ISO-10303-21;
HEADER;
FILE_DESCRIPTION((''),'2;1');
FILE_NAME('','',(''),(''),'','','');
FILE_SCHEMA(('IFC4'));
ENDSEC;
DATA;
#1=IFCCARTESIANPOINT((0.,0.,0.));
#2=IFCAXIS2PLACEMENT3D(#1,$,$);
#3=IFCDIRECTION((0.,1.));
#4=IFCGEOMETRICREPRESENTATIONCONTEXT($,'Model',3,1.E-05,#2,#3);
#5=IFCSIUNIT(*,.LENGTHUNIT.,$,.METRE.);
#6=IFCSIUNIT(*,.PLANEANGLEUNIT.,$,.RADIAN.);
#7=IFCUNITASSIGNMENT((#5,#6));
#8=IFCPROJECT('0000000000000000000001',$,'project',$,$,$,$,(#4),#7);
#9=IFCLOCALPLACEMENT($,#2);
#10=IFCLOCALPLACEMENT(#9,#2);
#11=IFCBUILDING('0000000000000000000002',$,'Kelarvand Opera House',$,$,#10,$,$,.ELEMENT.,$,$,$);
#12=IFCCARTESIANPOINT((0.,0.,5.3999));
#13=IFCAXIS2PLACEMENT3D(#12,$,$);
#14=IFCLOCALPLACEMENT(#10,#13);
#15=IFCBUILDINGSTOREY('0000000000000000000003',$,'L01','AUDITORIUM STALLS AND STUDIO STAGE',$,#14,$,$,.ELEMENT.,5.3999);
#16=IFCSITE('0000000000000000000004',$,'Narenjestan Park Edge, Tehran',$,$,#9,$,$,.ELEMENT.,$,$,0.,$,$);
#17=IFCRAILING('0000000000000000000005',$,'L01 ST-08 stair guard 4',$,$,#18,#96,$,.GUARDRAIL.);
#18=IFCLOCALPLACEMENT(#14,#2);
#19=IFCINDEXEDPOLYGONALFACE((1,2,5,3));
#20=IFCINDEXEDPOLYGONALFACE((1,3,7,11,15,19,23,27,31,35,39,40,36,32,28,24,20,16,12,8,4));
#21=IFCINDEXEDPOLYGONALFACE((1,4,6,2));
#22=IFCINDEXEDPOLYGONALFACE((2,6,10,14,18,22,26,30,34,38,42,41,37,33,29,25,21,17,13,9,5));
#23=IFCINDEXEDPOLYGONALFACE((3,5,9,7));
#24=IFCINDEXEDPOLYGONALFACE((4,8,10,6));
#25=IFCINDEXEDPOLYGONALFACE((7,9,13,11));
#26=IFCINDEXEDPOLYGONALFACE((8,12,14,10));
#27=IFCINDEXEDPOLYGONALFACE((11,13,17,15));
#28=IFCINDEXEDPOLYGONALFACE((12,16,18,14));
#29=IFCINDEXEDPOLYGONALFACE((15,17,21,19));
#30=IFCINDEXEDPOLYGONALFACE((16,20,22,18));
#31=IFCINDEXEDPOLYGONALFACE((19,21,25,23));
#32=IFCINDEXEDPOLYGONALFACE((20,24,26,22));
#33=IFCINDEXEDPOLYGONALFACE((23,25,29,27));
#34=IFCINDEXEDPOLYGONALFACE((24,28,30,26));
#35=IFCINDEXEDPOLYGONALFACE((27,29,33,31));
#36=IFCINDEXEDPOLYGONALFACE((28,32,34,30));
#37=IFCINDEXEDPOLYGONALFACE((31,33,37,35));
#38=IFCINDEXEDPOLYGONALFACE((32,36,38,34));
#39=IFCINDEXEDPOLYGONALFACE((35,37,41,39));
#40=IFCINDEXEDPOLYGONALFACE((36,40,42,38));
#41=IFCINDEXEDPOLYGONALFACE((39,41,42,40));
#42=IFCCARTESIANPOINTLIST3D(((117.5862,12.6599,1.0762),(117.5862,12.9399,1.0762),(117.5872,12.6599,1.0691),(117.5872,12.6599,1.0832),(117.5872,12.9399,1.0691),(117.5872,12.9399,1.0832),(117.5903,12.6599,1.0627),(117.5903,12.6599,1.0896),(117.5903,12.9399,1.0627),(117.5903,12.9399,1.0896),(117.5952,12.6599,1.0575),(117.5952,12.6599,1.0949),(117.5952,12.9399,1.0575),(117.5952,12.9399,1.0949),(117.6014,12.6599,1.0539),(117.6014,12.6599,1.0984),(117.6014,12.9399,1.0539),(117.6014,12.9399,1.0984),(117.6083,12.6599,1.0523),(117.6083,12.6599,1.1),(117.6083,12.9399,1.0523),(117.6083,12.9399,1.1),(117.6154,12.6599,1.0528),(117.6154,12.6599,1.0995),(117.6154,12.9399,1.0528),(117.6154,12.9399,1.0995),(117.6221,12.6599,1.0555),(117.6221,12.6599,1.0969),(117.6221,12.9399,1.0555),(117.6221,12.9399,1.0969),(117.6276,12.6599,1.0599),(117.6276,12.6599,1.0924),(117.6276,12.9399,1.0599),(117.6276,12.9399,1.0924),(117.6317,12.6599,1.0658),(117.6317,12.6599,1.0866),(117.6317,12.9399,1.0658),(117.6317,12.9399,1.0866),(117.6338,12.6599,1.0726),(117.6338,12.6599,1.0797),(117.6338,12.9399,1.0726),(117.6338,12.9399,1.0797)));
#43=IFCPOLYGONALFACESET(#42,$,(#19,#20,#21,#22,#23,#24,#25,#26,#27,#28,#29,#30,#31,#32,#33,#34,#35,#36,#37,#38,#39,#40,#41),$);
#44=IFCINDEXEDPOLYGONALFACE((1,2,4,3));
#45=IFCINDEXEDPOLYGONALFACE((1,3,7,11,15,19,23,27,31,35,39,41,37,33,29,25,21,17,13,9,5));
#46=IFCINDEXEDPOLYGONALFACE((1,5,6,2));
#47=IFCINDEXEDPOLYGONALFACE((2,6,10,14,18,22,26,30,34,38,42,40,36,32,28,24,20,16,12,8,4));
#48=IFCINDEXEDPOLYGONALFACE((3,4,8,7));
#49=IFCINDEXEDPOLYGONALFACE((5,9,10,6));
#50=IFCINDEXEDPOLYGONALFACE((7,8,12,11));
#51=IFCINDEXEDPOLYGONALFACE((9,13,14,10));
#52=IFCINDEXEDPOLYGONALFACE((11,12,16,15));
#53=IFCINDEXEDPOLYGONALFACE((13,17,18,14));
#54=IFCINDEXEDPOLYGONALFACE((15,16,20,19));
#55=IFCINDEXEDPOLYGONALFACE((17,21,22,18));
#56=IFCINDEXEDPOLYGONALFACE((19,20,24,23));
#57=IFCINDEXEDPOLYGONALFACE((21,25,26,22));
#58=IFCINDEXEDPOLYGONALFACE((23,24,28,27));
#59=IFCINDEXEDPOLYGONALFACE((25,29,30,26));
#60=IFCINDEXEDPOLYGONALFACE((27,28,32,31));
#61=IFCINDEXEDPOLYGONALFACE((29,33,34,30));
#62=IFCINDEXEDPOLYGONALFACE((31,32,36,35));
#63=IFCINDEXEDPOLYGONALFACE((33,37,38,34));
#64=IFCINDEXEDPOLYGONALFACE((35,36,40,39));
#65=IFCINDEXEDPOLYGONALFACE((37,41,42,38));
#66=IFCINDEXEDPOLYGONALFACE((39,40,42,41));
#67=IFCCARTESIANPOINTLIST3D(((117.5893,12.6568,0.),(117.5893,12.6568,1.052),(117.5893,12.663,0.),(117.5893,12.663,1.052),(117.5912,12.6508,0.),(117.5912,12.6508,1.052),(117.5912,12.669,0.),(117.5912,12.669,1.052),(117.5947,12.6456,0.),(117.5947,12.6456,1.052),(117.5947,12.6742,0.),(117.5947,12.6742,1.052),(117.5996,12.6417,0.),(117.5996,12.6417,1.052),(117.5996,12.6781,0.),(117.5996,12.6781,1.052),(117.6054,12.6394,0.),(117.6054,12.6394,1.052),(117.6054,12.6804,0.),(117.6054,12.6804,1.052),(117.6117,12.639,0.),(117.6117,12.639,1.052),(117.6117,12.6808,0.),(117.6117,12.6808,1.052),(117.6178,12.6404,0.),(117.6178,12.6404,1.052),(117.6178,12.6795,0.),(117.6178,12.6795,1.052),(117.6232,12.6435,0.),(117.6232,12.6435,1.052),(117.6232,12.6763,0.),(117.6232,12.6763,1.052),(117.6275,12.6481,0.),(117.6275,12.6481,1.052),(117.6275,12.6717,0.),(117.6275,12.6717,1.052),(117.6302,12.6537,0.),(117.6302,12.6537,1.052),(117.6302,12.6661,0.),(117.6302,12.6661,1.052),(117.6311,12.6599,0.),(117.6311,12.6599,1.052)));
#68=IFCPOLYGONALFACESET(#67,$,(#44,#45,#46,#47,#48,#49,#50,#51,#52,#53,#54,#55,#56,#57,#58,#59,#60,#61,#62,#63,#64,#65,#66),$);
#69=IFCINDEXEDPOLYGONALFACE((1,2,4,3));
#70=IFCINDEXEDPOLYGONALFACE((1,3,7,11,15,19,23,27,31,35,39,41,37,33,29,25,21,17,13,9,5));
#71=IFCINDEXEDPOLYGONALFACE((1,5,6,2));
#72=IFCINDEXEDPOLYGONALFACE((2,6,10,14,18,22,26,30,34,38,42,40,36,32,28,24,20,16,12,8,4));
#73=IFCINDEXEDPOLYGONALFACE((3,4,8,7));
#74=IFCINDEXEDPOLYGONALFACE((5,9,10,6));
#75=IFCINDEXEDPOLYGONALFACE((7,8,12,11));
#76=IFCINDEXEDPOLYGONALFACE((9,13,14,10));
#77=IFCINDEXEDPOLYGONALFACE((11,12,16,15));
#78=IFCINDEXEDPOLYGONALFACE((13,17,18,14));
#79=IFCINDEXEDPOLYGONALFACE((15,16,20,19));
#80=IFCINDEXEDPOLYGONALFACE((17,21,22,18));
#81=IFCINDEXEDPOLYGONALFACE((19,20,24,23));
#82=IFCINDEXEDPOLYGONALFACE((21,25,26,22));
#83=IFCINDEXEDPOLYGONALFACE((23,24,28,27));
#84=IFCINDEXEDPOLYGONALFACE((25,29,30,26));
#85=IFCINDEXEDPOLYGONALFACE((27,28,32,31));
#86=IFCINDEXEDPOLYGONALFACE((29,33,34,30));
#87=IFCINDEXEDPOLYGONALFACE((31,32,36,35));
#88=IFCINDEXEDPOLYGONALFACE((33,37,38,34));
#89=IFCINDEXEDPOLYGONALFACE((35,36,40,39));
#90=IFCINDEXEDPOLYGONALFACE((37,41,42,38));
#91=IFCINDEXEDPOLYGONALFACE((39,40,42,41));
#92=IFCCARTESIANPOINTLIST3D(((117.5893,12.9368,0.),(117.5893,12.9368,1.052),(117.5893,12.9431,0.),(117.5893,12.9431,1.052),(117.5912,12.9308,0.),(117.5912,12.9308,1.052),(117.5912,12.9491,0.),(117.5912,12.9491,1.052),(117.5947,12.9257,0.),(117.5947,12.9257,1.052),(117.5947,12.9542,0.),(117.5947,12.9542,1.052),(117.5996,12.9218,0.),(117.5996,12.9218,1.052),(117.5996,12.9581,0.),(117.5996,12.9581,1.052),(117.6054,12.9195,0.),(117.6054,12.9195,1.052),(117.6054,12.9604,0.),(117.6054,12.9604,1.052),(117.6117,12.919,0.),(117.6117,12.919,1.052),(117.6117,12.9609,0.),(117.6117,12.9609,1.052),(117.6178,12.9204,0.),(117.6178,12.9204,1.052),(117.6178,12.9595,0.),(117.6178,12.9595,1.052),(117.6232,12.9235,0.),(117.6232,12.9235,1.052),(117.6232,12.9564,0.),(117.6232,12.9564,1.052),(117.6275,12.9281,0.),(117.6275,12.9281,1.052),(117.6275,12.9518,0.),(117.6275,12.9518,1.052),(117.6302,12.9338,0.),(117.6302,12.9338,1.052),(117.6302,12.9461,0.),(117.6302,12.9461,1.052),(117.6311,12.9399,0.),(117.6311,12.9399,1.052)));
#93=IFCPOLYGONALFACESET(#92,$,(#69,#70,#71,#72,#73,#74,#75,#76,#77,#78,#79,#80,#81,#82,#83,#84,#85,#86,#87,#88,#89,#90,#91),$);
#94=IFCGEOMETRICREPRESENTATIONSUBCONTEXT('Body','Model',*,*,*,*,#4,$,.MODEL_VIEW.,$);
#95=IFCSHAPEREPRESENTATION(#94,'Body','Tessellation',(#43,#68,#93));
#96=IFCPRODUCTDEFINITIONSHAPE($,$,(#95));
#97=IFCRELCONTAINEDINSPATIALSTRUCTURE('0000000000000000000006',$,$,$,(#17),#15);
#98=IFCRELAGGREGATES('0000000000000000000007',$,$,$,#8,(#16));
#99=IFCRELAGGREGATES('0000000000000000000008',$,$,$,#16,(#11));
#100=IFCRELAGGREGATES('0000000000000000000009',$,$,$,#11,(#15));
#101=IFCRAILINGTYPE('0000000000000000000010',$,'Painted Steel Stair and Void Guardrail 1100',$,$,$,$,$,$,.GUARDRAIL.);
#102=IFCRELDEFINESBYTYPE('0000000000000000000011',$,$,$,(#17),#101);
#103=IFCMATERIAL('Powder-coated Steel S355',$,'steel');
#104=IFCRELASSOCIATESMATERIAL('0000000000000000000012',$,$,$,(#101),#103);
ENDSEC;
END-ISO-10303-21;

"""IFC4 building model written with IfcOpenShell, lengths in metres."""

from ifc_helpers import new_model, si_unit, direction, frame, origin, origin_2d, place, context, subcontext, project, spatial, circle, extrude, material, type_object, element, save


model = new_model("IFC4")

# Units and contexts
model_context = context("Model", 3, precision=1e-05, world=origin(), true_north=direction((0.0, 1.0)))
body_context = subcontext(model_context, "Body", "Model", "MODEL_VIEW")
ifc_project = project(units=[si_unit("LENGTHUNIT", "METRE"), si_unit("PLANEANGLEUNIT", "RADIAN")], contexts=[model_context])

# Site, building, storey
site_placement = place(None, origin())
site = spatial("IfcSite", under=ifc_project, at=site_placement, Name="Narenjestan Park Edge, Tehran", CompositionType="ELEMENT", RefElevation=0.0)
building_placement = place(site_placement, origin())
building = spatial("IfcBuilding", under=site, at=building_placement, Name="Kelarvand Opera House", CompositionType="ELEMENT")
storey_placement = place(building_placement, frame((0.0, 0.0, 5.3999)))
storey = spatial("IfcBuildingStorey", under=building, at=storey_placement, Name="L01", Description="AUDITORIUM STALLS AND STUDIO STAGE", CompositionType="ELEMENT", Elevation=5.3999)

# Railing
ifc_material_1 = material(Name="Powder-coated Steel S355", Category="steel")
railing_type_1 = type_object("IfcRailingType", Name="Painted Steel Stair and Void Guardrail 1100", PredefinedType="GUARDRAIL", material=ifc_material_1)
railing_1_placement = place(storey_placement, frame((117.6101, 12.6599, 0.0)))
element("IfcRailing", 1, at=railing_1_placement, inside=storey, type_object=railing_type_1, Name="L01 ST-08 stair guard 4", PredefinedType="GUARDRAIL", context=body_context, shape_type="SweptSolid", body=[
    extrude(circle(Radius=0.0239, at=origin_2d()), frame((0.0, 0.0, 1.0762), z_axis=(0.0, 1.0, 0.0), x_axis=(-1.0, 0.0, 0.0)), (0.0, 0.0, 1.0), 0.28),
    extrude(circle(Radius=0.021, at=origin_2d()), origin(), (0.0, 0.0, 1.0), 1.052),
    extrude(circle(Radius=0.021, at=origin_2d()), frame((0.0, 0.28, 0.0)), (0.0, 0.0, 1.0), 1.052),
])

save(model, "model.ifc")
